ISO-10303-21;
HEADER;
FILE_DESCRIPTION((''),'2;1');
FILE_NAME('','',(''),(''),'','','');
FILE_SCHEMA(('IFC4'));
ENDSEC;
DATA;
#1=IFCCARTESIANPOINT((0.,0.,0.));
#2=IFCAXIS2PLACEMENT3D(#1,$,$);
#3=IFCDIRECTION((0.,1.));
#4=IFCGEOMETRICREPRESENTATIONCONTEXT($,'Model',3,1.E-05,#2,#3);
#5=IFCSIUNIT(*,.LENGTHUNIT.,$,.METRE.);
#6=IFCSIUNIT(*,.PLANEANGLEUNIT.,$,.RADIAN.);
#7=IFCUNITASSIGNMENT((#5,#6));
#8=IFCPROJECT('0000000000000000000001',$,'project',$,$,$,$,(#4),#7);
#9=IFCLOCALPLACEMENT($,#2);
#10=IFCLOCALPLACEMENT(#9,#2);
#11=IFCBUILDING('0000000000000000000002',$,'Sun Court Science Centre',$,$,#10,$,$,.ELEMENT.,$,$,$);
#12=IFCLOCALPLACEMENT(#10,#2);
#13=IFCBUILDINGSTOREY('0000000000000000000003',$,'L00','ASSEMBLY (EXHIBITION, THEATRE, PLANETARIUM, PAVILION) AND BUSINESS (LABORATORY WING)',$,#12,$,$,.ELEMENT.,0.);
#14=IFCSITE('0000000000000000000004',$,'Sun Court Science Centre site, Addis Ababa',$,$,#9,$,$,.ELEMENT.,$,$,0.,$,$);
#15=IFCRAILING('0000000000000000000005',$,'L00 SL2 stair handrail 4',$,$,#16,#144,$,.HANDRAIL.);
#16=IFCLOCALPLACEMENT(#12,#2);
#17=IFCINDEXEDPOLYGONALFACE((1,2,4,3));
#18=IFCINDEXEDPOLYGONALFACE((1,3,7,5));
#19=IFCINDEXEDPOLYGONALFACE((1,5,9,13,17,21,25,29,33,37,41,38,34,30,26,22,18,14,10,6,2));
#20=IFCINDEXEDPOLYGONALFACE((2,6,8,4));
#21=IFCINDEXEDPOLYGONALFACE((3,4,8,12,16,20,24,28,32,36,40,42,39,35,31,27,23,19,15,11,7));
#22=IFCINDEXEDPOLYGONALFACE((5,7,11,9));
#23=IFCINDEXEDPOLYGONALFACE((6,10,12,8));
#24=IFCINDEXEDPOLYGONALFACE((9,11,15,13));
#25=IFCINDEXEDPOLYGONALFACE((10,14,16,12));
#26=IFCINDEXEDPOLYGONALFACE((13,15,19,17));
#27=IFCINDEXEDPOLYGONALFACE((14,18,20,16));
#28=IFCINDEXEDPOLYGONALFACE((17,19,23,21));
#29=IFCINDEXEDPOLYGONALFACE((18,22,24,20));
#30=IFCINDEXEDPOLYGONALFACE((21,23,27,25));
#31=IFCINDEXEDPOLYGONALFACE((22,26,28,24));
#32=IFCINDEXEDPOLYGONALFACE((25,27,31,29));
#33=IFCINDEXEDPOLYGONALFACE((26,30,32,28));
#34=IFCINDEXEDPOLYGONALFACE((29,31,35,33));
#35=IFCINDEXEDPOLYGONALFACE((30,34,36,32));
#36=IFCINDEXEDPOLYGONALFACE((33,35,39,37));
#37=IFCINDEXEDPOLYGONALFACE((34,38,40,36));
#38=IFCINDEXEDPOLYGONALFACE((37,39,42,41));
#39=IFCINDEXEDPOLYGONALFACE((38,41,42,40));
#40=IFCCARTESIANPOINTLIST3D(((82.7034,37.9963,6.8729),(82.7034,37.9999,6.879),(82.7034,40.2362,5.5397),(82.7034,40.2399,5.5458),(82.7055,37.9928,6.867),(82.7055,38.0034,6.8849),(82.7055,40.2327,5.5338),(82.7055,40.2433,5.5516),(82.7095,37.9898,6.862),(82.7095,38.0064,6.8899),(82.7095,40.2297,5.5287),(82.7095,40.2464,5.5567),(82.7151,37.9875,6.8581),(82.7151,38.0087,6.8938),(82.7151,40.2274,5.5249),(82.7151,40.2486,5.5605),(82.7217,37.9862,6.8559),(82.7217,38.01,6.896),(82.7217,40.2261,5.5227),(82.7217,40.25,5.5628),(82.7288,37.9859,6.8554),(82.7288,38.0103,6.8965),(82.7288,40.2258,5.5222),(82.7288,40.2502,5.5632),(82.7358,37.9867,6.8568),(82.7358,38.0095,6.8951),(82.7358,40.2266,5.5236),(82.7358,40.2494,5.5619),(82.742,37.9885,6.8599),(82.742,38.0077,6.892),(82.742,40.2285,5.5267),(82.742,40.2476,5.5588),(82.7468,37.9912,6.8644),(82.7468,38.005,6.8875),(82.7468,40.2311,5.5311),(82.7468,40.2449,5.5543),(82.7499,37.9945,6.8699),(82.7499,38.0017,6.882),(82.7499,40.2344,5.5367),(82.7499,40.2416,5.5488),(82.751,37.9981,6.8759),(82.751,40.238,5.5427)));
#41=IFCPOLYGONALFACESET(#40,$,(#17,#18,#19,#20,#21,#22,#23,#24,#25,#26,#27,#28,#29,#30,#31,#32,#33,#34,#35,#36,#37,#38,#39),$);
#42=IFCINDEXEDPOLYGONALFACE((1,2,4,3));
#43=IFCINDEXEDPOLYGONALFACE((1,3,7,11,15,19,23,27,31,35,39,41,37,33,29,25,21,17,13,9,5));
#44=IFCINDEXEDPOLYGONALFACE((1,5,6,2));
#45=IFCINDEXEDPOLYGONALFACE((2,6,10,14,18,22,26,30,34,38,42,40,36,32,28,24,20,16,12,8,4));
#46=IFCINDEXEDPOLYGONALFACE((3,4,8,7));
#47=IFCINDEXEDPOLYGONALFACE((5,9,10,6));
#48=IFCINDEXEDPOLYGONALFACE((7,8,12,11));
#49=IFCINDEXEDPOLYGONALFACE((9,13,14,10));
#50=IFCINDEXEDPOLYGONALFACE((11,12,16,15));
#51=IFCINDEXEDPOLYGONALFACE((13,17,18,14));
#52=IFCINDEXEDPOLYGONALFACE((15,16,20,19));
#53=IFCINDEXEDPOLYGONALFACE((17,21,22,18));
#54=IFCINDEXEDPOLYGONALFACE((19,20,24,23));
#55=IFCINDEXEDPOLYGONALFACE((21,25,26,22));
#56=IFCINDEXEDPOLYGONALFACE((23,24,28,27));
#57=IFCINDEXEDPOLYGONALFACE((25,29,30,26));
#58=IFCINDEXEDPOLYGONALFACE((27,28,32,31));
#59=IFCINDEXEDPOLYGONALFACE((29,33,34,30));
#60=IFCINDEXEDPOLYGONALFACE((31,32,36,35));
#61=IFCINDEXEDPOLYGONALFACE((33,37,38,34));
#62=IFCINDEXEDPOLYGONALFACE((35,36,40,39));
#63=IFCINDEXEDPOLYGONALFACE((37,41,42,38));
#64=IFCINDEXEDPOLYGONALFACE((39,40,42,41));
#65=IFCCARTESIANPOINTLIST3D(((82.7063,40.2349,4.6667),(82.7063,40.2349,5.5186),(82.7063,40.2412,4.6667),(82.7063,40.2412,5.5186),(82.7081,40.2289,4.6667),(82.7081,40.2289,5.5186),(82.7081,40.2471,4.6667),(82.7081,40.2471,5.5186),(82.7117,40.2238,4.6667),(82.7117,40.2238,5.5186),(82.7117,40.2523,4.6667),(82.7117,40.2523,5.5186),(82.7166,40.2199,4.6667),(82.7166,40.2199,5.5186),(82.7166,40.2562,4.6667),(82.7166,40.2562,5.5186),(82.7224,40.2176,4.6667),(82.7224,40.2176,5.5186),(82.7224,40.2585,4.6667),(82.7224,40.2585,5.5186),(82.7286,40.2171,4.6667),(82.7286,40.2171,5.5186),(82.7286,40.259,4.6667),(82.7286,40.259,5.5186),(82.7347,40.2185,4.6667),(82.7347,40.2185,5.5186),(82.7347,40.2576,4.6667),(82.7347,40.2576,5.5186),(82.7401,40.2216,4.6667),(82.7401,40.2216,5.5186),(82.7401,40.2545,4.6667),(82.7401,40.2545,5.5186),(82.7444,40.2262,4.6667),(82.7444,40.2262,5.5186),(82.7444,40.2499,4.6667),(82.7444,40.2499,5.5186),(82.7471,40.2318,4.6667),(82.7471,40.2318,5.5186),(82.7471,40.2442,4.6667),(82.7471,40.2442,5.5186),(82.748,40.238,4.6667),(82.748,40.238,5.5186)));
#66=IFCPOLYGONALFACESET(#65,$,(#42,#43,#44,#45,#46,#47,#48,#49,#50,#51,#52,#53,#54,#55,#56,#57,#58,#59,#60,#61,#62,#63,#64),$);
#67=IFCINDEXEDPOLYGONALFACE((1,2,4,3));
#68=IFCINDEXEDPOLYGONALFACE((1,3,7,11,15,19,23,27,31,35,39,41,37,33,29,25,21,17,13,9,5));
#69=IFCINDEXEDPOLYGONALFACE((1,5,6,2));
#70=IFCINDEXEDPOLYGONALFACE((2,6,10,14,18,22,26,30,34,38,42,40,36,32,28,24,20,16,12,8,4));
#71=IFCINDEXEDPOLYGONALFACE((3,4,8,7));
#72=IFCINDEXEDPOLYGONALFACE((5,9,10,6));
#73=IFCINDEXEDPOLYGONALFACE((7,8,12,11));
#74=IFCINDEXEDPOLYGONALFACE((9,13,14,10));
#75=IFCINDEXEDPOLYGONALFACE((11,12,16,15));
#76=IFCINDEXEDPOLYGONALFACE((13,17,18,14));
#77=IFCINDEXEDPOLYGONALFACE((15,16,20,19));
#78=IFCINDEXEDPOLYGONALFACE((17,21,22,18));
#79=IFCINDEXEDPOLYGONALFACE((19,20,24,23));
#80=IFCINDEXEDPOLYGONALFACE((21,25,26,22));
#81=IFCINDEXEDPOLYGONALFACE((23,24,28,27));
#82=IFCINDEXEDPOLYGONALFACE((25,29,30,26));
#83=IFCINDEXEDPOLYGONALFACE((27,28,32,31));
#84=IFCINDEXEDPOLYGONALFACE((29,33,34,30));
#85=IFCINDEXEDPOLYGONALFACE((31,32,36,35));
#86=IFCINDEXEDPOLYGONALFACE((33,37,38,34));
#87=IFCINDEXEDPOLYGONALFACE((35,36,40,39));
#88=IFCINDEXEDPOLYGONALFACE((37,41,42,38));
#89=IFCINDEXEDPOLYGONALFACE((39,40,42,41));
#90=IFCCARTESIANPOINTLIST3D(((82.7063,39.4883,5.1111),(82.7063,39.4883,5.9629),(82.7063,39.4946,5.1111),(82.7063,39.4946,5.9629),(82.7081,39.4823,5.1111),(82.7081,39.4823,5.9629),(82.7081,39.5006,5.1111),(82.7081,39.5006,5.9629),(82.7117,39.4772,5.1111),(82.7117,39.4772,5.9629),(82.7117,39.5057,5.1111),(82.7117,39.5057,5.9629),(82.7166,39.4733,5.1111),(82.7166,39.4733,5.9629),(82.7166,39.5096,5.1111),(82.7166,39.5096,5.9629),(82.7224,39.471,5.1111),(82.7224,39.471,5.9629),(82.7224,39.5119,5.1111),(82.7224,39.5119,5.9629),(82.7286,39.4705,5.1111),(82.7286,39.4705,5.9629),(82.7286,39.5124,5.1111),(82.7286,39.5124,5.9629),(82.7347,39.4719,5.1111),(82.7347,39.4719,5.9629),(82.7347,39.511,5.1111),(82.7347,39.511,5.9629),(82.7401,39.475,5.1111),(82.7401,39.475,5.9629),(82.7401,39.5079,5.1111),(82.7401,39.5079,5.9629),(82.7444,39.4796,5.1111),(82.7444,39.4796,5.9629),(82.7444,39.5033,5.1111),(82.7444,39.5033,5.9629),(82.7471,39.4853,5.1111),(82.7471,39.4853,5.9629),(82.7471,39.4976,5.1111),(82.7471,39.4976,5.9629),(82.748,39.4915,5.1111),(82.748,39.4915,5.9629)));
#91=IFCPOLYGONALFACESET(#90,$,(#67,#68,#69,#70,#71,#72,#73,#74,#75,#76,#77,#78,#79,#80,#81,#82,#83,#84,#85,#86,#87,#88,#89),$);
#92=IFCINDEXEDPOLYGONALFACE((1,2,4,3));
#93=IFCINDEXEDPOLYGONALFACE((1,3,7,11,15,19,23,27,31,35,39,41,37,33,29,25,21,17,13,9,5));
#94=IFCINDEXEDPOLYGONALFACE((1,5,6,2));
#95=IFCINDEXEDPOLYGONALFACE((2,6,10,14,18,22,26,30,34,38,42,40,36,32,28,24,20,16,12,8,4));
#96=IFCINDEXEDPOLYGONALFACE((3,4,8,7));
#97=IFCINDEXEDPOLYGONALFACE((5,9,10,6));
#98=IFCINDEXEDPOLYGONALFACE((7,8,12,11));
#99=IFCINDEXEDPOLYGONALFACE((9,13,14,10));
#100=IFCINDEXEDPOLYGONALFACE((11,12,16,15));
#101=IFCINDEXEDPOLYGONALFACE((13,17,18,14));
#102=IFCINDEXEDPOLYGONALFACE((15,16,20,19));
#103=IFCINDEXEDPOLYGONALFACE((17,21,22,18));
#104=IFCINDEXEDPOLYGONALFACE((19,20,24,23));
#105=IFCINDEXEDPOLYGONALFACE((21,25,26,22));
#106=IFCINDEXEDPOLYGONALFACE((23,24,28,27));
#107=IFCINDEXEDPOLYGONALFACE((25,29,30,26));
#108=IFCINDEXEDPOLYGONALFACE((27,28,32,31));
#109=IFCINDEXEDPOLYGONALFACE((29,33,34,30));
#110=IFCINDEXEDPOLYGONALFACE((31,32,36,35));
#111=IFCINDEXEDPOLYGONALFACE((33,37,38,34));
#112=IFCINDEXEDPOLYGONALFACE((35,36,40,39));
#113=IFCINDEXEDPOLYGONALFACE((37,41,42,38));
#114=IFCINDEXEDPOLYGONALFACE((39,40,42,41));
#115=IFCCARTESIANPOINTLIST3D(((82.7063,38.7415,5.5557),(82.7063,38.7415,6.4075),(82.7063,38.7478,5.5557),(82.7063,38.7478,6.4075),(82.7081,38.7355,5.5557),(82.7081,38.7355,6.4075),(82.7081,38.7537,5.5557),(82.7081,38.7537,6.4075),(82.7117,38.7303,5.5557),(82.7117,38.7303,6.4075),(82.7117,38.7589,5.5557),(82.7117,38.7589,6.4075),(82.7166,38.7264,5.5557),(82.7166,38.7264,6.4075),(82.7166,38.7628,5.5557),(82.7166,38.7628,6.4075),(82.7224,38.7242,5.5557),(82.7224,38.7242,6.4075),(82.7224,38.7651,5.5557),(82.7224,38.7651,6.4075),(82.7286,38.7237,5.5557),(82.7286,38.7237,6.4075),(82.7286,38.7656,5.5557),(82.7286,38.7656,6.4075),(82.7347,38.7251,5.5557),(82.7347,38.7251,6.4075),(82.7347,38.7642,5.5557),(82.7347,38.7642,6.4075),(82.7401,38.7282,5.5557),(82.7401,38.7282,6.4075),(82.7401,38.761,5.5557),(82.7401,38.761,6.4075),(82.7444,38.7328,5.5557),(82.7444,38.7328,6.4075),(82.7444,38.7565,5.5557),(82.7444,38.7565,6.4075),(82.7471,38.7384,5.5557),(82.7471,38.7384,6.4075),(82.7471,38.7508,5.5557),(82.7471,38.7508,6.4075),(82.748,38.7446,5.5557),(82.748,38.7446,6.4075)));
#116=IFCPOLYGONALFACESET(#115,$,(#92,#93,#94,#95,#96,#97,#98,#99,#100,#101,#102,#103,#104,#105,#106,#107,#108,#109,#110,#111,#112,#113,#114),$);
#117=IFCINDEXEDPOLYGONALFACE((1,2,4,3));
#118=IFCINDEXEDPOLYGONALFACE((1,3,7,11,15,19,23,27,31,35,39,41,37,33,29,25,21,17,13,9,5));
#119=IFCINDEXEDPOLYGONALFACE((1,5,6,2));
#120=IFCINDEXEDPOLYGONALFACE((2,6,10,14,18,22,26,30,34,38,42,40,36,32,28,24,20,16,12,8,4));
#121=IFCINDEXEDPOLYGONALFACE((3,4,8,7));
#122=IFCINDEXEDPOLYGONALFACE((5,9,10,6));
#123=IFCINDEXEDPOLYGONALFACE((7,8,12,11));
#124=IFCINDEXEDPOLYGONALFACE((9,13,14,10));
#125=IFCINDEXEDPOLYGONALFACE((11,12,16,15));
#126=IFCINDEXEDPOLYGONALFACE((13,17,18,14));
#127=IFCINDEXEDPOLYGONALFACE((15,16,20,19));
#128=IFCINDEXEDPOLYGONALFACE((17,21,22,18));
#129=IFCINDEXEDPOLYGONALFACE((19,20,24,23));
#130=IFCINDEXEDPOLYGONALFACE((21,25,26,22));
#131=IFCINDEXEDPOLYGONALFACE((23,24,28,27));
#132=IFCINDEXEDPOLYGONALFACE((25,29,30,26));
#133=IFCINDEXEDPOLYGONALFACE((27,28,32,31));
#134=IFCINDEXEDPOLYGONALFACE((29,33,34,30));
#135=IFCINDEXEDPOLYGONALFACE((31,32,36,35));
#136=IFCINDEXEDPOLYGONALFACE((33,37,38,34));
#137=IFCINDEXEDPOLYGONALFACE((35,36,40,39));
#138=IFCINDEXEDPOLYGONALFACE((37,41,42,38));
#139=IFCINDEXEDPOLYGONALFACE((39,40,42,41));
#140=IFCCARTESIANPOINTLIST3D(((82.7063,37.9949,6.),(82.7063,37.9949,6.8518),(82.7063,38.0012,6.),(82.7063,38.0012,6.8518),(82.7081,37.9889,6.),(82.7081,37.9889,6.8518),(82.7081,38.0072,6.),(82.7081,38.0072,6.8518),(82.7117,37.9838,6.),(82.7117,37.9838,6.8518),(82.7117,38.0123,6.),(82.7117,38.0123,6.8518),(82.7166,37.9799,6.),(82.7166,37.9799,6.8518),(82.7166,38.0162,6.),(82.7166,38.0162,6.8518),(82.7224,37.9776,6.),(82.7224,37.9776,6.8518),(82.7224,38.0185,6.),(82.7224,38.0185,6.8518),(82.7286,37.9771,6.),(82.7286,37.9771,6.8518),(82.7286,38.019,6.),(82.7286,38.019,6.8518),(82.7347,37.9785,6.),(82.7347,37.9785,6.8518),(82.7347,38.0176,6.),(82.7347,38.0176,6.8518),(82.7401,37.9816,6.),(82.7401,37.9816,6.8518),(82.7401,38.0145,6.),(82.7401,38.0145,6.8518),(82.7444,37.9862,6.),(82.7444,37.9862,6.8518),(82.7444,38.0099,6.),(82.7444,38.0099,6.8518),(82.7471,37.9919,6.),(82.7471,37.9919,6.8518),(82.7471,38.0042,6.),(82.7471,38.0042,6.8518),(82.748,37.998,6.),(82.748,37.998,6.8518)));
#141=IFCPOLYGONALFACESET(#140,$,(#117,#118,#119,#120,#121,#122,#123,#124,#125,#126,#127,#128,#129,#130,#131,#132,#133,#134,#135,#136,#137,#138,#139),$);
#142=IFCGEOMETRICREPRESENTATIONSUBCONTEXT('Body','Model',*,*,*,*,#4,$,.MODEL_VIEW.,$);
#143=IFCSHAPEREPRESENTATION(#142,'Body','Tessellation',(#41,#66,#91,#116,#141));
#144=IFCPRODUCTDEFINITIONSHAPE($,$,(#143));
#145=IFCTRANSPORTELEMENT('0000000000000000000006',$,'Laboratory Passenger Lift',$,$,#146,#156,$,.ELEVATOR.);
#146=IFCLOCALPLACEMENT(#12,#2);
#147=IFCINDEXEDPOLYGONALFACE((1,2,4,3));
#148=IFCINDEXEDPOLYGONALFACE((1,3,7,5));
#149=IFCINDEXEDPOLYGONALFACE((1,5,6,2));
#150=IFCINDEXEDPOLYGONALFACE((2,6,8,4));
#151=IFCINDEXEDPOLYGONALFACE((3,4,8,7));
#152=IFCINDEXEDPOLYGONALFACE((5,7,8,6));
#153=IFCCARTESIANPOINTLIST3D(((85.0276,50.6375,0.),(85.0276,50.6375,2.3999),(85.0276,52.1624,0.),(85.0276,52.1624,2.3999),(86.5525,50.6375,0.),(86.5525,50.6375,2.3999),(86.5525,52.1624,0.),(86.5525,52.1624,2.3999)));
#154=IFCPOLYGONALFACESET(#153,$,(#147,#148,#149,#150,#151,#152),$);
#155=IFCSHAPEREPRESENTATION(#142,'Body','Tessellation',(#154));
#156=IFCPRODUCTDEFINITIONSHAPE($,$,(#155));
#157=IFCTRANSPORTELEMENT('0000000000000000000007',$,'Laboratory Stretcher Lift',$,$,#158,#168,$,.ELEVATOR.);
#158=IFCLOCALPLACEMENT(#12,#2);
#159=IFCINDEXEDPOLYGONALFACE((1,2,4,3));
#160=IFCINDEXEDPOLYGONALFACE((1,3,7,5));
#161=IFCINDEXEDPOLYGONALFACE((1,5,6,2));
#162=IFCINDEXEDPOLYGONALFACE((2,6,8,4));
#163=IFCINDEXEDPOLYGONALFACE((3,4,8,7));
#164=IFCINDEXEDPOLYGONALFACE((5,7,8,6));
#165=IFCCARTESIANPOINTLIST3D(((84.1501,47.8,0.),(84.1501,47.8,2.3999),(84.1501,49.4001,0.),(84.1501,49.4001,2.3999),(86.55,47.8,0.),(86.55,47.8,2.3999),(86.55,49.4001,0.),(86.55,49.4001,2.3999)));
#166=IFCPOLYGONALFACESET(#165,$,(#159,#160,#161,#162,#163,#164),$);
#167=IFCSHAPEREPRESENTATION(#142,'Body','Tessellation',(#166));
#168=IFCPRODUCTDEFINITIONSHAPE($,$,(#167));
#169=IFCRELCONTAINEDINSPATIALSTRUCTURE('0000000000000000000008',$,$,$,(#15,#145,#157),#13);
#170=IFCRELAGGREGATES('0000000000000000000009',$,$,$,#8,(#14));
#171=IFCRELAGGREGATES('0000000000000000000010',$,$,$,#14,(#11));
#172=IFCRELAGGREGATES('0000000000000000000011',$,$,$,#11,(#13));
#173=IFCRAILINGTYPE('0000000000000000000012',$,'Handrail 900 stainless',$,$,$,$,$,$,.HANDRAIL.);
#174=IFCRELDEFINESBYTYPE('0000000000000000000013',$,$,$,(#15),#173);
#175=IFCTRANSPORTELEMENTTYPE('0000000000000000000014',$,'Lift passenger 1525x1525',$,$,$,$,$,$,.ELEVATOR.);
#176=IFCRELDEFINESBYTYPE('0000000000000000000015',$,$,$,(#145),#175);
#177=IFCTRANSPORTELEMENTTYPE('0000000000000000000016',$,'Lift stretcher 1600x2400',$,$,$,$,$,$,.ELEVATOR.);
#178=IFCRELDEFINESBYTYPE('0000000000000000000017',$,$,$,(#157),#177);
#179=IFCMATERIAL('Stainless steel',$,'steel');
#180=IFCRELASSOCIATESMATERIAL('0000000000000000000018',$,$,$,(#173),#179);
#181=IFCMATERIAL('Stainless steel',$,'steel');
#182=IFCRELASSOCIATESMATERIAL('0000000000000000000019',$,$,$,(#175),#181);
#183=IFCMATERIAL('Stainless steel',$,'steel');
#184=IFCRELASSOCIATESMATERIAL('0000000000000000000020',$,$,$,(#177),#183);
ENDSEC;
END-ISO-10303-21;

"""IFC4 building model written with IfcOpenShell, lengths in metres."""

from ifc_helpers import new_model, si_unit, direction, frame, origin, origin_2d, place, context, subcontext, project, spatial, rectangle, circle, extrude, material, type_object, element, save


model = new_model("IFC4")

# Units and contexts
model_context = context("Model", 3, precision=1e-05, world=origin(), true_north=direction((0.0, 1.0)))
body_context = subcontext(model_context, "Body", "Model", "MODEL_VIEW")
ifc_project = project(units=[si_unit("LENGTHUNIT", "METRE"), si_unit("PLANEANGLEUNIT", "RADIAN")], contexts=[model_context])

# Site, building, storey
site_placement = place(None, origin())
site = spatial("IfcSite", under=ifc_project, at=site_placement, Name="Sun Court Science Centre site, Addis Ababa", CompositionType="ELEMENT", RefElevation=0.0)
building_placement = place(site_placement, origin())
building = spatial("IfcBuilding", under=site, at=building_placement, Name="Sun Court Science Centre", CompositionType="ELEMENT")
storey_placement = place(building_placement, origin())
storey = spatial("IfcBuildingStorey", under=building, at=storey_placement, Name="L00", Description="ASSEMBLY (EXHIBITION, THEATRE, PLANETARIUM, PAVILION) AND BUSINESS (LABORATORY WING)", CompositionType="ELEMENT", Elevation=0.0)

# Railing
ifc_material_1 = material(Name="Stainless steel", Category="steel")
railing_type_1 = type_object("IfcRailingType", Name="Handrail 900 stainless", PredefinedType="HANDRAIL", material=ifc_material_1)
for number, where, name in (
    (1, (82.7271, 40.238, 4.6667), "L00 SL2 stair handrail 4"),
):
    element("IfcRailing", number, at=place(storey_placement, frame(where)), inside=storey, type_object=railing_type_1, Name=name, PredefinedType="HANDRAIL", context=body_context, shape_type="SweptSolid", body=[
        extrude(circle(Radius=0.0239, at=origin_2d()), frame((0.0, 0.0, 0.876), z_axis=(0.0, -0.859306, 0.511462), x_axis=(1.0, 0.0, 0.0)), (0.0, 0.0, 1.0), 2.6067),
        extrude(circle(Radius=0.021, at=origin_2d()), origin(), (0.0, 0.0, 1.0), 0.8518),
        extrude(circle(Radius=0.021, at=origin_2d()), frame((0.0, -0.7466, 0.4443)), (0.0, 0.0, 1.0), 0.8518),
        extrude(circle(Radius=0.021, at=origin_2d()), frame((0.0, -1.4934, 0.8889)), (0.0, 0.0, 1.0), 0.8518),
        extrude(circle(Radius=0.021, at=origin_2d()), frame((0.0, -2.24, 1.3333)), (0.0, 0.0, 1.0), 0.8518),
    ])

# Transport elements
ifc_material_2 = material(Name="Stainless steel", Category="steel")
transport_element_type_1 = type_object("IfcTransportElementType", Name="Lift passenger 1525x1525", PredefinedType="ELEVATOR", material=ifc_material_2)
transport_element_1_placement = place(storey_placement, frame((85.79, 51.3999, 0.0), z_axis=(0.0, 0.0, 1.0), x_axis=(1.0, 0.0, 0.0)))
element("IfcTransportElement", 2, at=transport_element_1_placement, inside=storey, type_object=transport_element_type_1, Name="Laboratory Passenger Lift", PredefinedType="ELEVATOR", context=body_context, shape_type="SweptSolid", body=[
    extrude(rectangle(XDim=1.5249, YDim=1.5249, at=origin_2d()), origin(), (0.0, 0.0, 1.0), 2.3999),
])
ifc_material_3 = material(Name="Stainless steel", Category="steel")
transport_element_type_2 = type_object("IfcTransportElementType", Name="Lift stretcher 1600x2400", PredefinedType="ELEVATOR", material=ifc_material_3)
transport_element_2_placement = place(storey_placement, frame((85.3501, 48.6001, 0.0), z_axis=(0.0, 0.0, 1.0), x_axis=(1.0, 0.0, 0.0)))
element("IfcTransportElement", 3, at=transport_element_2_placement, inside=storey, type_object=transport_element_type_2, Name="Laboratory Stretcher Lift", PredefinedType="ELEVATOR", context=body_context, shape_type="SweptSolid", body=[
    extrude(rectangle(XDim=2.3999, YDim=1.6001, at=origin_2d()), origin(), (0.0, 0.0, 1.0), 2.3999),
])

save(model, "model.ifc")
